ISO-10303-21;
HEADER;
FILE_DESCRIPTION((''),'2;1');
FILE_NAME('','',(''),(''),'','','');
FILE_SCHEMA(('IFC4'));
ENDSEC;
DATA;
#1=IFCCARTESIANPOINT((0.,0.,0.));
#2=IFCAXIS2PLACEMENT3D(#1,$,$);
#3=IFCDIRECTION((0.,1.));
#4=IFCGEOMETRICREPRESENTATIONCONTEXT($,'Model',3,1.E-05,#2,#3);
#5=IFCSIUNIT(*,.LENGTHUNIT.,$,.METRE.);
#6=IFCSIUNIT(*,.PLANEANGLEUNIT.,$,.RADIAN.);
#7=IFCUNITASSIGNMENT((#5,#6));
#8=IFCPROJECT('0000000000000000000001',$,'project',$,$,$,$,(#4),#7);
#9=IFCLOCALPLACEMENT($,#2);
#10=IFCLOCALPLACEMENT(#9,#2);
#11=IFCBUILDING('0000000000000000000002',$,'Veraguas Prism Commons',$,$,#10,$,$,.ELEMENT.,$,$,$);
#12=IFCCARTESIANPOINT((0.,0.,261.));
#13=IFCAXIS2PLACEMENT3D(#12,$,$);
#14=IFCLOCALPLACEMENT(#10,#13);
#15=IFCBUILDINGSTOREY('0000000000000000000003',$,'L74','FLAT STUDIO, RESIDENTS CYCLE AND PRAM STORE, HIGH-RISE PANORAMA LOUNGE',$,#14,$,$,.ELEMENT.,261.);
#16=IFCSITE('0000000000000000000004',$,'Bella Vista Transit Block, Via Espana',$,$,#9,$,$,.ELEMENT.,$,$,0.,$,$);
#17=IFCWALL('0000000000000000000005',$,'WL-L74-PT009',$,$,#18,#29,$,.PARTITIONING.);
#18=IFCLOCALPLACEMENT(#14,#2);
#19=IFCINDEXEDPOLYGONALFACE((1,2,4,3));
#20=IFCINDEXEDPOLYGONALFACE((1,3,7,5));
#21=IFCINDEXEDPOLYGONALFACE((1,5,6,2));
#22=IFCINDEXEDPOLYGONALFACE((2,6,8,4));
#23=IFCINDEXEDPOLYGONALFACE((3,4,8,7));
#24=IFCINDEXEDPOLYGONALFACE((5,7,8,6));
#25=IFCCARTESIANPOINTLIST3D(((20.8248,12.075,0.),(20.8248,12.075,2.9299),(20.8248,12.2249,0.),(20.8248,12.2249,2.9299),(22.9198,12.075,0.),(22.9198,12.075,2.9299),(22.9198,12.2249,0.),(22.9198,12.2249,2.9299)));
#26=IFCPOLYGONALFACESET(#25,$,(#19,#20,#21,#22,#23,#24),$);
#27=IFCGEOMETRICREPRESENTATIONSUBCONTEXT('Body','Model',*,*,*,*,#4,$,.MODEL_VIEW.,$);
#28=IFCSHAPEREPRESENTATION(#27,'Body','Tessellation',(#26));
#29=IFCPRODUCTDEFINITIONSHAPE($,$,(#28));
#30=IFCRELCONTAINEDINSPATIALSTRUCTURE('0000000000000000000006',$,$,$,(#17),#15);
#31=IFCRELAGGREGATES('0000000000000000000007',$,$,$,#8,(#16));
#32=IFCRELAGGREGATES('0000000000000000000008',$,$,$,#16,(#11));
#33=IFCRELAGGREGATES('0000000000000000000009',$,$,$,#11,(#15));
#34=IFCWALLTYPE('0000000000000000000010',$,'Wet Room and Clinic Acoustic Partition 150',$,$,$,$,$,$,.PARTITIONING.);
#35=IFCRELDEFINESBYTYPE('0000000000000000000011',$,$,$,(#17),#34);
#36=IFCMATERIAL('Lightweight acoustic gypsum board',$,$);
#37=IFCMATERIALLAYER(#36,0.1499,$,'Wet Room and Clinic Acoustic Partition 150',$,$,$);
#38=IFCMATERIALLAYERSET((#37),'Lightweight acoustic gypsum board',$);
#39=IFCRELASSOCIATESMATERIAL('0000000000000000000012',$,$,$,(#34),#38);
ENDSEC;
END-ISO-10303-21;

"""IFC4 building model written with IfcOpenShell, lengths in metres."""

from ifc_helpers import new_model, si_unit, direction, frame, frame_2d, origin, place, context, subcontext, project, spatial, rectangle, extrude, material, layer, layer_set, type_object, element, save


model = new_model("IFC4")

# Units and contexts
model_context = context("Model", 3, precision=1e-05, world=origin(), true_north=direction((0.0, 1.0)))
body_context = subcontext(model_context, "Body", "Model", "MODEL_VIEW")
ifc_project = project(units=[si_unit("LENGTHUNIT", "METRE"), si_unit("PLANEANGLEUNIT", "RADIAN")], contexts=[model_context])

# Site, building, storey
site_placement = place(None, origin())
site = spatial("IfcSite", under=ifc_project, at=site_placement, Name="Bella Vista Transit Block, Via Espana", CompositionType="ELEMENT", RefElevation=0.0)
building_placement = place(site_placement, origin())
building = spatial("IfcBuilding", under=site, at=building_placement, Name="Veraguas Prism Commons", CompositionType="ELEMENT")
storey_placement = place(building_placement, frame((0.0, 0.0, 261.0)))
storey = spatial("IfcBuildingStorey", under=building, at=storey_placement, Name="L74", Description="FLAT STUDIO, RESIDENTS CYCLE AND PRAM STORE, HIGH-RISE PANORAMA LOUNGE", CompositionType="ELEMENT", Elevation=261.0)

# Shared definitions
ifc_material_1 = material(Name="Lightweight acoustic gypsum board")

# Wall
ifc_layer_1 = layer(ifc_material_1, 0.1499, Name="Wet Room and Clinic Acoustic Partition 150")
ifc_layer_set_1 = layer_set([ifc_layer_1], Name="Lightweight acoustic gypsum board")
wall_type_1 = type_object("IfcWallType", Name="Wet Room and Clinic Acoustic Partition 150", PredefinedType="PARTITIONING", material=ifc_layer_set_1)
wall_1_placement = place(storey_placement, frame((20.825, 12.1499, 0.0), z_axis=(0.0, 0.0, 1.0), x_axis=(1.0, 0.0, 0.0)))
element("IfcWall", 1, at=wall_1_placement, inside=storey, type_object=wall_type_1, Name="WL-L74-PT009", PredefinedType="PARTITIONING", context=body_context, shape_type="SweptSolid", body=[
    extrude(rectangle(XDim=2.095, YDim=0.1499, at=frame_2d((1.0474, 0.0))), origin(), (0.0, 0.0, 1.0), 2.9299),
])

save(model, "model.ifc")
